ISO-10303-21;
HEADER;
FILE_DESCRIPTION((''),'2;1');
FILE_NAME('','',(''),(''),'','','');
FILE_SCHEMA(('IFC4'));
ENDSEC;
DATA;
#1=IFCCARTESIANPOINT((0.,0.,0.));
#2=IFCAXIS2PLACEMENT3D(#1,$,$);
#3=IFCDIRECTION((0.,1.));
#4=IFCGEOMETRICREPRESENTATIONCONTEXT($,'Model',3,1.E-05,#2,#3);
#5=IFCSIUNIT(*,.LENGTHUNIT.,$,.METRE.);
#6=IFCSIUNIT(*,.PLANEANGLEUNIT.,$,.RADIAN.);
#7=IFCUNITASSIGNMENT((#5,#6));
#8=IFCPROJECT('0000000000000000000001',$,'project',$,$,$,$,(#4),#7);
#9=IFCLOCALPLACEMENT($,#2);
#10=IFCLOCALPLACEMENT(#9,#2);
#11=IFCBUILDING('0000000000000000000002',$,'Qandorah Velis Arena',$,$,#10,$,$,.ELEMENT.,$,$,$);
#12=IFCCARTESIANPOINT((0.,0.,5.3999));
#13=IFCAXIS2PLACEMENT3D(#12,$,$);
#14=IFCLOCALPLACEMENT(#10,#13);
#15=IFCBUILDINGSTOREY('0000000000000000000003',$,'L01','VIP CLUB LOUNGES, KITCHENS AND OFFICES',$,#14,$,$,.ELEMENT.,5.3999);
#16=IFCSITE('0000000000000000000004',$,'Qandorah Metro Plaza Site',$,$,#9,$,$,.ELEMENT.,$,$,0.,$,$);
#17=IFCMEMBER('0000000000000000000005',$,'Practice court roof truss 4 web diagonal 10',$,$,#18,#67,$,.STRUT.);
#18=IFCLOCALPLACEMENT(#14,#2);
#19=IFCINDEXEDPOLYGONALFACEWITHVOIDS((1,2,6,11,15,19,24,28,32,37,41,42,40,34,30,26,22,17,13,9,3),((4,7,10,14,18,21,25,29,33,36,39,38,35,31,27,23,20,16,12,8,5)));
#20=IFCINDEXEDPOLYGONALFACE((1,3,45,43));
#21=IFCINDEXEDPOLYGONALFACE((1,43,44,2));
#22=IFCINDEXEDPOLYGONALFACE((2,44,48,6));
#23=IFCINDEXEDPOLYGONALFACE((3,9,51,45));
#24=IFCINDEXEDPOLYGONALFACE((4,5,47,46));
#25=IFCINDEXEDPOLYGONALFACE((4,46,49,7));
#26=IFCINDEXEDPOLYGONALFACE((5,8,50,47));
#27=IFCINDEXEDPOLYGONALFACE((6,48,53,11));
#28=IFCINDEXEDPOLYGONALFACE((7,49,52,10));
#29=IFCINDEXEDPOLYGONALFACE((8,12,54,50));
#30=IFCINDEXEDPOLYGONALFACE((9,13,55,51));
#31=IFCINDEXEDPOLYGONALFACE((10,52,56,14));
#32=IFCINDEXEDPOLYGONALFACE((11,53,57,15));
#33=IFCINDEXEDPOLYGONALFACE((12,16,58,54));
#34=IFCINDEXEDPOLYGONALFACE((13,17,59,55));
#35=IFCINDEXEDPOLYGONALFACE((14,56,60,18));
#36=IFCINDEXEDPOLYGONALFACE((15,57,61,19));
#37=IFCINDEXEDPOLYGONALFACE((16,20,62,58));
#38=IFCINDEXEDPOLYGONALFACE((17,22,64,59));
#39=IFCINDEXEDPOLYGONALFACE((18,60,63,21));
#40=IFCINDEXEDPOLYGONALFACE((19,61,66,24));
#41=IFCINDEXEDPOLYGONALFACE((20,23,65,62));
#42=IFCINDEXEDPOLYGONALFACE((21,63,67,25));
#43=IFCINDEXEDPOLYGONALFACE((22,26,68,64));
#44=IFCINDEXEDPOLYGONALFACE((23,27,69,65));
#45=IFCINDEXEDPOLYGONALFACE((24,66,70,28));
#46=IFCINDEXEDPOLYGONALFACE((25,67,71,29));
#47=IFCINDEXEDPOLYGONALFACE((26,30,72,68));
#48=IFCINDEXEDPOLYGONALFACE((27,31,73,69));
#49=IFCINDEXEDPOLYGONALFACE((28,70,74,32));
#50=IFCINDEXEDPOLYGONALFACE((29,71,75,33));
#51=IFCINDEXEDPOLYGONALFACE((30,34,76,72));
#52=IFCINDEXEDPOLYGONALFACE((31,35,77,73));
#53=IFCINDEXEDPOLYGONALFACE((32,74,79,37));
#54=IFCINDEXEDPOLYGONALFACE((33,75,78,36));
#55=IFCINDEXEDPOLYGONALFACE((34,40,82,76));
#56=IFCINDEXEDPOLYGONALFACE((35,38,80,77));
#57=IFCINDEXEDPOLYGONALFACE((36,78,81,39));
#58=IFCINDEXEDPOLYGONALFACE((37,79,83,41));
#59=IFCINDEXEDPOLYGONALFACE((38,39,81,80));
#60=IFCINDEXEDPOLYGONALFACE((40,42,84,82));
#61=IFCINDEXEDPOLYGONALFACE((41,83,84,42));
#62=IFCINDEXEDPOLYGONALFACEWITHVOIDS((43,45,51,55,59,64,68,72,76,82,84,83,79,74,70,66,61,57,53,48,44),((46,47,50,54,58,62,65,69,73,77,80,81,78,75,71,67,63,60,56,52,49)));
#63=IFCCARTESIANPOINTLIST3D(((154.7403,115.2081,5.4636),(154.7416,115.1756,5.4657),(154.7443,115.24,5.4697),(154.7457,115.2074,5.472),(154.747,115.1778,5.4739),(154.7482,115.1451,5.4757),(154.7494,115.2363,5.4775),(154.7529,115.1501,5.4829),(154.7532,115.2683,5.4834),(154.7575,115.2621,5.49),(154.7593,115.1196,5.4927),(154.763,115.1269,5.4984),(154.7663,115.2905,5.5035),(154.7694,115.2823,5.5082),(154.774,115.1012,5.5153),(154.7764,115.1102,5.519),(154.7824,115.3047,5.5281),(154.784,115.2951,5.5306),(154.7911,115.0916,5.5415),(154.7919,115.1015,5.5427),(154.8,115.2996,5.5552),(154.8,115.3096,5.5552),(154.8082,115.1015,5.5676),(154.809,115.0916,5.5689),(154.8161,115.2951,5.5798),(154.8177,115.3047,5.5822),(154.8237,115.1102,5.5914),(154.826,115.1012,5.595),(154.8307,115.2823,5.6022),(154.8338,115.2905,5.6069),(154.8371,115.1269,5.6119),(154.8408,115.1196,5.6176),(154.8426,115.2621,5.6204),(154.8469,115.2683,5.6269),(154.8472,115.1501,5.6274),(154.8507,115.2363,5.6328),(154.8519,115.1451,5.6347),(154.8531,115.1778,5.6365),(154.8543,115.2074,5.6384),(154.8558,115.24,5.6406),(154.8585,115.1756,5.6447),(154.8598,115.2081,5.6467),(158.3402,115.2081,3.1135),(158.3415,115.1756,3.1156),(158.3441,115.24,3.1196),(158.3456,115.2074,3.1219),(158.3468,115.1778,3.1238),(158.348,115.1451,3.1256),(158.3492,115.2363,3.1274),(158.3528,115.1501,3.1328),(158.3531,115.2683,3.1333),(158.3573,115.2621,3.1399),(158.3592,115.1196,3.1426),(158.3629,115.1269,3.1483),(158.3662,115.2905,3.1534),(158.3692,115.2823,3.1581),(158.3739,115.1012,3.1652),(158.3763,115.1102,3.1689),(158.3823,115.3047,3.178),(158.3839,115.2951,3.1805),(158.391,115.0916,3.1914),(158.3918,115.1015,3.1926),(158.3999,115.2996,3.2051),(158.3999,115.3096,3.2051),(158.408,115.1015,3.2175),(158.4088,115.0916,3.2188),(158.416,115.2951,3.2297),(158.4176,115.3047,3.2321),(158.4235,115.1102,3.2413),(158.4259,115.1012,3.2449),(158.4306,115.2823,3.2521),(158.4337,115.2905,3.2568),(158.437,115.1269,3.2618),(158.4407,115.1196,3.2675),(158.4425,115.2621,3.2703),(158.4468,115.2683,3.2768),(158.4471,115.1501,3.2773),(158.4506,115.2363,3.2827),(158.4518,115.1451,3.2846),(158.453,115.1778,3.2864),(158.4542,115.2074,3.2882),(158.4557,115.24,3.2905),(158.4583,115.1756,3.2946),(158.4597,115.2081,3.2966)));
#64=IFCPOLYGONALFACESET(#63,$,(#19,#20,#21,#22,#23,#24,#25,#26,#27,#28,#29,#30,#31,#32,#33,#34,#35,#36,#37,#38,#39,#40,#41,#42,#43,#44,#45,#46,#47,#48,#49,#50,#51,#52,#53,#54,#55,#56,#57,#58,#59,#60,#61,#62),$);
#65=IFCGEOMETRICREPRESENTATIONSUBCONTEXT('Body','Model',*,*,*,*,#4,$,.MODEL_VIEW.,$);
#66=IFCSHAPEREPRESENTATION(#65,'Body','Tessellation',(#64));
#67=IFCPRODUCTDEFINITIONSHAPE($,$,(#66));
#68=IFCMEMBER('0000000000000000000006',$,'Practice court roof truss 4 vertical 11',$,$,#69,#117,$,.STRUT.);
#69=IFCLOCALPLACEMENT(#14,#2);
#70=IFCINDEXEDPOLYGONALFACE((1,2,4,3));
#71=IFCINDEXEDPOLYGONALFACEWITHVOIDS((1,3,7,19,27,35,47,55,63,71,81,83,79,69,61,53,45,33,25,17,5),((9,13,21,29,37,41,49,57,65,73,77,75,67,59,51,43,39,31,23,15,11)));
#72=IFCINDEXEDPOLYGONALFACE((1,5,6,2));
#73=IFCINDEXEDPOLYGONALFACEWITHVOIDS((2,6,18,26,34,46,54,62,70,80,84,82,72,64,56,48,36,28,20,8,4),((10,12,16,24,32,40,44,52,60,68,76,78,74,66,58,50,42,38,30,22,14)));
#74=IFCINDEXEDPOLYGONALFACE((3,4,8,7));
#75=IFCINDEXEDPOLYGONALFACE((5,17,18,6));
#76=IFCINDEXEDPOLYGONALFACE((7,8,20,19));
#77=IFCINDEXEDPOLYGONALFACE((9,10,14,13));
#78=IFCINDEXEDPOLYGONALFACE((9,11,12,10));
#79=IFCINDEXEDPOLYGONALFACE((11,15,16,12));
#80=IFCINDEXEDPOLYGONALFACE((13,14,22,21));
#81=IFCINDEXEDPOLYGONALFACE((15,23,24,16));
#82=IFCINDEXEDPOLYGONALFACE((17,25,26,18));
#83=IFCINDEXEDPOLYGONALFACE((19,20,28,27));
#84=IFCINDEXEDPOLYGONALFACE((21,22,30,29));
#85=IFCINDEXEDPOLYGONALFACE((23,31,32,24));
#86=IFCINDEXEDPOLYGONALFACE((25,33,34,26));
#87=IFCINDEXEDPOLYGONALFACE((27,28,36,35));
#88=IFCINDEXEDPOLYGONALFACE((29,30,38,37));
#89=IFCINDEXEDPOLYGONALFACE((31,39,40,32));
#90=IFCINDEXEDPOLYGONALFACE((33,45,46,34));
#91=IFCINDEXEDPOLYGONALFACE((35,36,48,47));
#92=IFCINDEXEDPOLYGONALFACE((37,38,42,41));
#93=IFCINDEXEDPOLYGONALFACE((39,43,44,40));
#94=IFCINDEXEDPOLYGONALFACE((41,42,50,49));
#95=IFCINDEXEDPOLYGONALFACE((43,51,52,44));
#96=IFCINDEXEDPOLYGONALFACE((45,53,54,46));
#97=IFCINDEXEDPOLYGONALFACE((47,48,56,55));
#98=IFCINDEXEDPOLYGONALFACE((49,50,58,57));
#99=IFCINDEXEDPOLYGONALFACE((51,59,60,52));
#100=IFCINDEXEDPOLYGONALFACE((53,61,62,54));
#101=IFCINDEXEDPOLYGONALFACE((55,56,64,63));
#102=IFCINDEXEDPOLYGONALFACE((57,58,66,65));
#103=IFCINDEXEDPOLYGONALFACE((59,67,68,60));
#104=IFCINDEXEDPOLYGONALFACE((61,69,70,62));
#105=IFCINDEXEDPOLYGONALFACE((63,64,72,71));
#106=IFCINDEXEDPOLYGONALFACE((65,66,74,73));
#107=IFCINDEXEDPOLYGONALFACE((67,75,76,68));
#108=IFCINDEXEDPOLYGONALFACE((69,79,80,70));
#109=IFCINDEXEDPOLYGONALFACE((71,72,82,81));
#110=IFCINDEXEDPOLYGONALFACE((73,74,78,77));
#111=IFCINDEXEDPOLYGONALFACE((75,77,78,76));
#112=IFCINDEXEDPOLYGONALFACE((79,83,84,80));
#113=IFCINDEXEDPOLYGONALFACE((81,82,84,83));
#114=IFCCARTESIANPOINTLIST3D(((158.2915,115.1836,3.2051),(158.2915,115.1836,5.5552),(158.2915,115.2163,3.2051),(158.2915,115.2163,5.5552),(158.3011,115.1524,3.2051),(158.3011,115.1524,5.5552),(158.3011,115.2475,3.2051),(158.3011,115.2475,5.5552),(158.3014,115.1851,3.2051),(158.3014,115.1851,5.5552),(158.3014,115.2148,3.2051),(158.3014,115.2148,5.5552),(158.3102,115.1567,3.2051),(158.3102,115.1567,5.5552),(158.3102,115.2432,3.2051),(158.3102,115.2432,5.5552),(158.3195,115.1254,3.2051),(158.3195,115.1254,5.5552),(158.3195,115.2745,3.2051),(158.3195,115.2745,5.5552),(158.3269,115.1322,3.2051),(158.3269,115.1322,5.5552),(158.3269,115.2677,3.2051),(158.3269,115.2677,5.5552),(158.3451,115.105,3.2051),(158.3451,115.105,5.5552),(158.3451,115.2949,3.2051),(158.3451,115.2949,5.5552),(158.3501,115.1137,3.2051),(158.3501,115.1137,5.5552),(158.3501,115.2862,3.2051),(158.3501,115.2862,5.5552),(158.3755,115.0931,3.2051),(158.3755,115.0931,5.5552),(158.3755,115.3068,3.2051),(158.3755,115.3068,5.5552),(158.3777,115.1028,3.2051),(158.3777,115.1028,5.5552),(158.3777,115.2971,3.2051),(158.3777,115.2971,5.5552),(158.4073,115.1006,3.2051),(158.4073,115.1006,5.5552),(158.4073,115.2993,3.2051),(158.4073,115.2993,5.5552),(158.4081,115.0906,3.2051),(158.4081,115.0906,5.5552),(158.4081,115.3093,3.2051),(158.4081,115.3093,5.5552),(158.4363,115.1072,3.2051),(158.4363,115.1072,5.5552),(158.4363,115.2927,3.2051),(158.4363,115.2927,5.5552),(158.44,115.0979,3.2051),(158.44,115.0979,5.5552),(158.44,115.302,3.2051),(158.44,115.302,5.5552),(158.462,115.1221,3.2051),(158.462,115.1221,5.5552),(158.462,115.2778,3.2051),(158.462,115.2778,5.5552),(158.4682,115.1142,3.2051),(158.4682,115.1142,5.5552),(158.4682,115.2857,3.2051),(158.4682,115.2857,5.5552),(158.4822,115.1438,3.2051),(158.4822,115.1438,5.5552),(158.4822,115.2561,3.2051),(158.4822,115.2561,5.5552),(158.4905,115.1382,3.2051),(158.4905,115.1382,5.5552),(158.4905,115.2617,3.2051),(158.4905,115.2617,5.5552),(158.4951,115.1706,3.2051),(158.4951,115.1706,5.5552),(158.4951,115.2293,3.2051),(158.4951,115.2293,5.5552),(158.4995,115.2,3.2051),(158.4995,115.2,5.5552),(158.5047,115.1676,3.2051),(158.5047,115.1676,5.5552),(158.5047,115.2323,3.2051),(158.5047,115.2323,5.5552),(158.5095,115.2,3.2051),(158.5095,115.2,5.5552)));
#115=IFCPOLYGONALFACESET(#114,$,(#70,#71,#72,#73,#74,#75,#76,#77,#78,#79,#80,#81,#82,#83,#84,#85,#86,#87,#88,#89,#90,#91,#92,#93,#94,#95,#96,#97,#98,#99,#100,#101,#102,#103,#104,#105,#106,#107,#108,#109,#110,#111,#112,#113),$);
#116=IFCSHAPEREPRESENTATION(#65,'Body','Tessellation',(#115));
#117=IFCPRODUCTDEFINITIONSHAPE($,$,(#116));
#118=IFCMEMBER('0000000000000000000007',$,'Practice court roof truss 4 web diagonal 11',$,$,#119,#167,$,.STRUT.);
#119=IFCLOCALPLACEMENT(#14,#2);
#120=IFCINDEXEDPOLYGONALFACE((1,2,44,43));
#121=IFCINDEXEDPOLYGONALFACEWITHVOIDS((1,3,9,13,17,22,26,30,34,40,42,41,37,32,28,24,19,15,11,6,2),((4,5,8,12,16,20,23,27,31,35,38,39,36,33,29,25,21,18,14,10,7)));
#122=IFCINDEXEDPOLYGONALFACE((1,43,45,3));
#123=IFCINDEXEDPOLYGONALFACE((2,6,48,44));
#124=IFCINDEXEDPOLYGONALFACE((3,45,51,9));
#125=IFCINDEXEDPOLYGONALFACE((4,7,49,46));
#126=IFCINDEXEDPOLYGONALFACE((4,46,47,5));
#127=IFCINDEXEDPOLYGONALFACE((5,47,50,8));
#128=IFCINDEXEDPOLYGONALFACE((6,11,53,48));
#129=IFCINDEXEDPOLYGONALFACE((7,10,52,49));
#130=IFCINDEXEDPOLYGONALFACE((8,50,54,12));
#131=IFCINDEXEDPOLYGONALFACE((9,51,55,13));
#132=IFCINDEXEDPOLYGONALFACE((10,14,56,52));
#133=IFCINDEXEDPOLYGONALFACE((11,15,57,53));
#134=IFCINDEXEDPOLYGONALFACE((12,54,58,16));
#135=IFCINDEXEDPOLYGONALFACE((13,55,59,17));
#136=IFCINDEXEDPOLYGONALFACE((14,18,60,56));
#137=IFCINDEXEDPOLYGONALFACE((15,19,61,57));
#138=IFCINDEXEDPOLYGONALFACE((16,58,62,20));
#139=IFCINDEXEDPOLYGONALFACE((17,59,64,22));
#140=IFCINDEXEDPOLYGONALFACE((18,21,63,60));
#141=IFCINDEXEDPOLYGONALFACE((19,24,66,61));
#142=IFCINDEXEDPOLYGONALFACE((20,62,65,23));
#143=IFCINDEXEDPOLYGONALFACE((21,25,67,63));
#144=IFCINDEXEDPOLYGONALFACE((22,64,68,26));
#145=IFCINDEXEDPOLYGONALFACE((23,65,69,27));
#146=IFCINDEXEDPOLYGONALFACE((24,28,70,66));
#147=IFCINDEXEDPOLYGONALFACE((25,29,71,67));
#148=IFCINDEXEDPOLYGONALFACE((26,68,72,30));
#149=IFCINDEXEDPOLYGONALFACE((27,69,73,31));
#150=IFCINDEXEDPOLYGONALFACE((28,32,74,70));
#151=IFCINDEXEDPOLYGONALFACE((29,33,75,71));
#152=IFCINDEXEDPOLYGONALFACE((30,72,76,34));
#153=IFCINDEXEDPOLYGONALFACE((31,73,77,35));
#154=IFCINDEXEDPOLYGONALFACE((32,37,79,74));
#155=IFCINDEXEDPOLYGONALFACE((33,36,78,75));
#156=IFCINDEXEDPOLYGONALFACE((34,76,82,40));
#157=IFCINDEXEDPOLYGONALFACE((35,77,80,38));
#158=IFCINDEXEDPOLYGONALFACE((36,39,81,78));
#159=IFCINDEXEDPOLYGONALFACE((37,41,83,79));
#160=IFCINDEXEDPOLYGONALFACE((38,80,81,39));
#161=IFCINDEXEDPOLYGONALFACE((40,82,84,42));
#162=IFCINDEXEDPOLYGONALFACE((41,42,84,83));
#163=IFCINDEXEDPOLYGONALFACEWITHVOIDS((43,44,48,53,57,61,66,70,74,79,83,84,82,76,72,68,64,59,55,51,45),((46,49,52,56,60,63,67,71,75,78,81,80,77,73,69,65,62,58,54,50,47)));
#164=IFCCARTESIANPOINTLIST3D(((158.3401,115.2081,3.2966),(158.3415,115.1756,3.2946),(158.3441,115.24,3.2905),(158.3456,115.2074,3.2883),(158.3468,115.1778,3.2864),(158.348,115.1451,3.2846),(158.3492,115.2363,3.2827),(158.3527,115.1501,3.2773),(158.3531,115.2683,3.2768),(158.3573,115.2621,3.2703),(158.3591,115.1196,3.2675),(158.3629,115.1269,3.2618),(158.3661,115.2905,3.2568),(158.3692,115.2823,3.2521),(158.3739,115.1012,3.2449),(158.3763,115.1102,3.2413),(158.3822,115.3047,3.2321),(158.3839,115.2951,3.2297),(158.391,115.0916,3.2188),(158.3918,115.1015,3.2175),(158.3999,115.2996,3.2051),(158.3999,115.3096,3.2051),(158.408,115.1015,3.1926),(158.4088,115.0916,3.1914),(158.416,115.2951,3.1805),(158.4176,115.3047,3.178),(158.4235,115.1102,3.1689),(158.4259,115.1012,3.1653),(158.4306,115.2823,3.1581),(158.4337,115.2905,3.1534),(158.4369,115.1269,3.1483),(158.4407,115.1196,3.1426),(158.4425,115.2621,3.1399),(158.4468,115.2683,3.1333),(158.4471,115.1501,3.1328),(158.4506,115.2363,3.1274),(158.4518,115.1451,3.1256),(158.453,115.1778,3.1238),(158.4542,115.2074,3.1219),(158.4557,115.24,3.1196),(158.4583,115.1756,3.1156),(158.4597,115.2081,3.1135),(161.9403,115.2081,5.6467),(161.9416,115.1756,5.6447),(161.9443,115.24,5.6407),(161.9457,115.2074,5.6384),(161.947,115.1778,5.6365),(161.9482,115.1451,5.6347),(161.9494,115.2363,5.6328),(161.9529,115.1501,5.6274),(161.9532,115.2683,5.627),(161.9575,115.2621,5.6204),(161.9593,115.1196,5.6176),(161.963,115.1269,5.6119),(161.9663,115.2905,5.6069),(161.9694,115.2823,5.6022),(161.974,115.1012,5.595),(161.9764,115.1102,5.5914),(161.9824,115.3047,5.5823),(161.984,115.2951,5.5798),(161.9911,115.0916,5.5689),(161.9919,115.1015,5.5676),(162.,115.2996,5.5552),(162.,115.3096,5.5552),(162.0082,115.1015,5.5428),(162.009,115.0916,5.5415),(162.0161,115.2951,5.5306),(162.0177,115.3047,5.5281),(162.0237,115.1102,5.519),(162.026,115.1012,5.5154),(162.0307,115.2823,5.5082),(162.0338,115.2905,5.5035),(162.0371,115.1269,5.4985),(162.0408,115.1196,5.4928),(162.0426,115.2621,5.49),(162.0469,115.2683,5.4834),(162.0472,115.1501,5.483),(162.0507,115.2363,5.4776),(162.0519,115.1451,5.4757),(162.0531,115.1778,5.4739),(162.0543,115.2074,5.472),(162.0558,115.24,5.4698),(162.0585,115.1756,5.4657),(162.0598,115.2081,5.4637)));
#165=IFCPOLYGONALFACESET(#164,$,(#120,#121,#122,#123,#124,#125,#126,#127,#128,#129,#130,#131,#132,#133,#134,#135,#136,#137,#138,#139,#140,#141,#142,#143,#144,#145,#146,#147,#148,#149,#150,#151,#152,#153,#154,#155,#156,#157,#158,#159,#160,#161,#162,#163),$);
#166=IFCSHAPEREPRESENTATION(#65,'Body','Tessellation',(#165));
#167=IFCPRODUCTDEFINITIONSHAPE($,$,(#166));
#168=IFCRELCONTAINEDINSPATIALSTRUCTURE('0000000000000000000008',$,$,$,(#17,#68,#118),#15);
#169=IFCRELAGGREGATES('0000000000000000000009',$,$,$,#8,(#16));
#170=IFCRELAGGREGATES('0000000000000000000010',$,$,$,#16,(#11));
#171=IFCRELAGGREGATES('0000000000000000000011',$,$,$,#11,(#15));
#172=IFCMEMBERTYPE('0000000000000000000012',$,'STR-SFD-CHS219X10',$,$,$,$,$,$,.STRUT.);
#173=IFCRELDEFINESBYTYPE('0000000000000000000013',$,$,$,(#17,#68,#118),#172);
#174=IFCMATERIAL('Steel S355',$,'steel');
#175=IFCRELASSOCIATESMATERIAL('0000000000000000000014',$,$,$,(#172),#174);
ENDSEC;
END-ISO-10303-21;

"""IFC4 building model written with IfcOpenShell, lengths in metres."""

from ifc_helpers import new_model, si_unit, direction, frame, origin, origin_2d, place, context, subcontext, project, spatial, hollow_circle, extrude, material, material_profile, profile_set, type_object, element, save


model = new_model("IFC4")

# Units and contexts
model_context = context("Model", 3, precision=1e-05, world=origin(), true_north=direction((0.0, 1.0)))
body_context = subcontext(model_context, "Body", "Model", "MODEL_VIEW")
ifc_project = project(units=[si_unit("LENGTHUNIT", "METRE"), si_unit("PLANEANGLEUNIT", "RADIAN")], contexts=[model_context])

# Site, building, storey
site_placement = place(None, origin())
site = spatial("IfcSite", under=ifc_project, at=site_placement, Name="Qandorah Metro Plaza Site", CompositionType="ELEMENT", RefElevation=0.0)
building_placement = place(site_placement, origin())
building = spatial("IfcBuilding", under=site, at=building_placement, Name="Qandorah Velis Arena", CompositionType="ELEMENT")
storey_placement = place(building_placement, frame((0.0, 0.0, 5.3999)))
storey = spatial("IfcBuildingStorey", under=building, at=storey_placement, Name="L01", Description="VIP CLUB LOUNGES, KITCHENS AND OFFICES", CompositionType="ELEMENT", Elevation=5.3999)

# Members
ifc_material_1 = material(Name="Steel S355", Category="steel")
ifc_material_profile_1 = material_profile(ifc_material_1, hollow_circle(Radius=0.1096, WallThickness=0.01, at=origin_2d()), Name="CHS 219.1x10")
ifc_profile_set_1 = profile_set([ifc_material_profile_1], Name="Steel S355")
member_type_1 = type_object("IfcMemberType", Name="STR-SFD-CHS219X10", PredefinedType="STRUT", material=ifc_profile_set_1)
member_1_placement = place(storey_placement, frame((154.8, 115.2, 5.5552), z_axis=(0.837359, 0.0, -0.546654), x_axis=(0.0, 1.0, 0.0)))
element("IfcMember", 1, at=member_1_placement, inside=storey, type_object=member_type_1, Name="Practice court roof truss 4 web diagonal 10", PredefinedType="STRUT", context=body_context, shape_type="SweptSolid", body=[
    extrude(hollow_circle(Radius=0.1096, WallThickness=0.01, at=origin_2d()), origin(), (0.0, 0.0, 1.0), 4.2991),
])
member_2_placement = place(storey_placement, frame((158.3999, 115.2, 3.2051), z_axis=(0.0, 0.0, 1.0), x_axis=(1.0, 0.0, 0.0)))
element("IfcMember", 2, at=member_2_placement, inside=storey, type_object=member_type_1, Name="Practice court roof truss 4 vertical 11", PredefinedType="STRUT", context=body_context, shape_type="SweptSolid", body=[
    extrude(hollow_circle(Radius=0.1096, WallThickness=0.01, at=origin_2d()), origin(), (0.0, 0.0, 1.0), 2.3501),
])
member_3_placement = place(storey_placement, frame((158.3999, 115.2, 3.2051), z_axis=(0.837376, 0.0, 0.546628), x_axis=(0.0, 1.0, 0.0)))
element("IfcMember", 3, at=member_3_placement, inside=storey, type_object=member_type_1, Name="Practice court roof truss 4 web diagonal 11", PredefinedType="STRUT", context=body_context, shape_type="SweptSolid", body=[
    extrude(hollow_circle(Radius=0.1096, WallThickness=0.01, at=origin_2d()), origin(), (0.0, 0.0, 1.0), 4.2993),
])

save(model, "model.ifc")
